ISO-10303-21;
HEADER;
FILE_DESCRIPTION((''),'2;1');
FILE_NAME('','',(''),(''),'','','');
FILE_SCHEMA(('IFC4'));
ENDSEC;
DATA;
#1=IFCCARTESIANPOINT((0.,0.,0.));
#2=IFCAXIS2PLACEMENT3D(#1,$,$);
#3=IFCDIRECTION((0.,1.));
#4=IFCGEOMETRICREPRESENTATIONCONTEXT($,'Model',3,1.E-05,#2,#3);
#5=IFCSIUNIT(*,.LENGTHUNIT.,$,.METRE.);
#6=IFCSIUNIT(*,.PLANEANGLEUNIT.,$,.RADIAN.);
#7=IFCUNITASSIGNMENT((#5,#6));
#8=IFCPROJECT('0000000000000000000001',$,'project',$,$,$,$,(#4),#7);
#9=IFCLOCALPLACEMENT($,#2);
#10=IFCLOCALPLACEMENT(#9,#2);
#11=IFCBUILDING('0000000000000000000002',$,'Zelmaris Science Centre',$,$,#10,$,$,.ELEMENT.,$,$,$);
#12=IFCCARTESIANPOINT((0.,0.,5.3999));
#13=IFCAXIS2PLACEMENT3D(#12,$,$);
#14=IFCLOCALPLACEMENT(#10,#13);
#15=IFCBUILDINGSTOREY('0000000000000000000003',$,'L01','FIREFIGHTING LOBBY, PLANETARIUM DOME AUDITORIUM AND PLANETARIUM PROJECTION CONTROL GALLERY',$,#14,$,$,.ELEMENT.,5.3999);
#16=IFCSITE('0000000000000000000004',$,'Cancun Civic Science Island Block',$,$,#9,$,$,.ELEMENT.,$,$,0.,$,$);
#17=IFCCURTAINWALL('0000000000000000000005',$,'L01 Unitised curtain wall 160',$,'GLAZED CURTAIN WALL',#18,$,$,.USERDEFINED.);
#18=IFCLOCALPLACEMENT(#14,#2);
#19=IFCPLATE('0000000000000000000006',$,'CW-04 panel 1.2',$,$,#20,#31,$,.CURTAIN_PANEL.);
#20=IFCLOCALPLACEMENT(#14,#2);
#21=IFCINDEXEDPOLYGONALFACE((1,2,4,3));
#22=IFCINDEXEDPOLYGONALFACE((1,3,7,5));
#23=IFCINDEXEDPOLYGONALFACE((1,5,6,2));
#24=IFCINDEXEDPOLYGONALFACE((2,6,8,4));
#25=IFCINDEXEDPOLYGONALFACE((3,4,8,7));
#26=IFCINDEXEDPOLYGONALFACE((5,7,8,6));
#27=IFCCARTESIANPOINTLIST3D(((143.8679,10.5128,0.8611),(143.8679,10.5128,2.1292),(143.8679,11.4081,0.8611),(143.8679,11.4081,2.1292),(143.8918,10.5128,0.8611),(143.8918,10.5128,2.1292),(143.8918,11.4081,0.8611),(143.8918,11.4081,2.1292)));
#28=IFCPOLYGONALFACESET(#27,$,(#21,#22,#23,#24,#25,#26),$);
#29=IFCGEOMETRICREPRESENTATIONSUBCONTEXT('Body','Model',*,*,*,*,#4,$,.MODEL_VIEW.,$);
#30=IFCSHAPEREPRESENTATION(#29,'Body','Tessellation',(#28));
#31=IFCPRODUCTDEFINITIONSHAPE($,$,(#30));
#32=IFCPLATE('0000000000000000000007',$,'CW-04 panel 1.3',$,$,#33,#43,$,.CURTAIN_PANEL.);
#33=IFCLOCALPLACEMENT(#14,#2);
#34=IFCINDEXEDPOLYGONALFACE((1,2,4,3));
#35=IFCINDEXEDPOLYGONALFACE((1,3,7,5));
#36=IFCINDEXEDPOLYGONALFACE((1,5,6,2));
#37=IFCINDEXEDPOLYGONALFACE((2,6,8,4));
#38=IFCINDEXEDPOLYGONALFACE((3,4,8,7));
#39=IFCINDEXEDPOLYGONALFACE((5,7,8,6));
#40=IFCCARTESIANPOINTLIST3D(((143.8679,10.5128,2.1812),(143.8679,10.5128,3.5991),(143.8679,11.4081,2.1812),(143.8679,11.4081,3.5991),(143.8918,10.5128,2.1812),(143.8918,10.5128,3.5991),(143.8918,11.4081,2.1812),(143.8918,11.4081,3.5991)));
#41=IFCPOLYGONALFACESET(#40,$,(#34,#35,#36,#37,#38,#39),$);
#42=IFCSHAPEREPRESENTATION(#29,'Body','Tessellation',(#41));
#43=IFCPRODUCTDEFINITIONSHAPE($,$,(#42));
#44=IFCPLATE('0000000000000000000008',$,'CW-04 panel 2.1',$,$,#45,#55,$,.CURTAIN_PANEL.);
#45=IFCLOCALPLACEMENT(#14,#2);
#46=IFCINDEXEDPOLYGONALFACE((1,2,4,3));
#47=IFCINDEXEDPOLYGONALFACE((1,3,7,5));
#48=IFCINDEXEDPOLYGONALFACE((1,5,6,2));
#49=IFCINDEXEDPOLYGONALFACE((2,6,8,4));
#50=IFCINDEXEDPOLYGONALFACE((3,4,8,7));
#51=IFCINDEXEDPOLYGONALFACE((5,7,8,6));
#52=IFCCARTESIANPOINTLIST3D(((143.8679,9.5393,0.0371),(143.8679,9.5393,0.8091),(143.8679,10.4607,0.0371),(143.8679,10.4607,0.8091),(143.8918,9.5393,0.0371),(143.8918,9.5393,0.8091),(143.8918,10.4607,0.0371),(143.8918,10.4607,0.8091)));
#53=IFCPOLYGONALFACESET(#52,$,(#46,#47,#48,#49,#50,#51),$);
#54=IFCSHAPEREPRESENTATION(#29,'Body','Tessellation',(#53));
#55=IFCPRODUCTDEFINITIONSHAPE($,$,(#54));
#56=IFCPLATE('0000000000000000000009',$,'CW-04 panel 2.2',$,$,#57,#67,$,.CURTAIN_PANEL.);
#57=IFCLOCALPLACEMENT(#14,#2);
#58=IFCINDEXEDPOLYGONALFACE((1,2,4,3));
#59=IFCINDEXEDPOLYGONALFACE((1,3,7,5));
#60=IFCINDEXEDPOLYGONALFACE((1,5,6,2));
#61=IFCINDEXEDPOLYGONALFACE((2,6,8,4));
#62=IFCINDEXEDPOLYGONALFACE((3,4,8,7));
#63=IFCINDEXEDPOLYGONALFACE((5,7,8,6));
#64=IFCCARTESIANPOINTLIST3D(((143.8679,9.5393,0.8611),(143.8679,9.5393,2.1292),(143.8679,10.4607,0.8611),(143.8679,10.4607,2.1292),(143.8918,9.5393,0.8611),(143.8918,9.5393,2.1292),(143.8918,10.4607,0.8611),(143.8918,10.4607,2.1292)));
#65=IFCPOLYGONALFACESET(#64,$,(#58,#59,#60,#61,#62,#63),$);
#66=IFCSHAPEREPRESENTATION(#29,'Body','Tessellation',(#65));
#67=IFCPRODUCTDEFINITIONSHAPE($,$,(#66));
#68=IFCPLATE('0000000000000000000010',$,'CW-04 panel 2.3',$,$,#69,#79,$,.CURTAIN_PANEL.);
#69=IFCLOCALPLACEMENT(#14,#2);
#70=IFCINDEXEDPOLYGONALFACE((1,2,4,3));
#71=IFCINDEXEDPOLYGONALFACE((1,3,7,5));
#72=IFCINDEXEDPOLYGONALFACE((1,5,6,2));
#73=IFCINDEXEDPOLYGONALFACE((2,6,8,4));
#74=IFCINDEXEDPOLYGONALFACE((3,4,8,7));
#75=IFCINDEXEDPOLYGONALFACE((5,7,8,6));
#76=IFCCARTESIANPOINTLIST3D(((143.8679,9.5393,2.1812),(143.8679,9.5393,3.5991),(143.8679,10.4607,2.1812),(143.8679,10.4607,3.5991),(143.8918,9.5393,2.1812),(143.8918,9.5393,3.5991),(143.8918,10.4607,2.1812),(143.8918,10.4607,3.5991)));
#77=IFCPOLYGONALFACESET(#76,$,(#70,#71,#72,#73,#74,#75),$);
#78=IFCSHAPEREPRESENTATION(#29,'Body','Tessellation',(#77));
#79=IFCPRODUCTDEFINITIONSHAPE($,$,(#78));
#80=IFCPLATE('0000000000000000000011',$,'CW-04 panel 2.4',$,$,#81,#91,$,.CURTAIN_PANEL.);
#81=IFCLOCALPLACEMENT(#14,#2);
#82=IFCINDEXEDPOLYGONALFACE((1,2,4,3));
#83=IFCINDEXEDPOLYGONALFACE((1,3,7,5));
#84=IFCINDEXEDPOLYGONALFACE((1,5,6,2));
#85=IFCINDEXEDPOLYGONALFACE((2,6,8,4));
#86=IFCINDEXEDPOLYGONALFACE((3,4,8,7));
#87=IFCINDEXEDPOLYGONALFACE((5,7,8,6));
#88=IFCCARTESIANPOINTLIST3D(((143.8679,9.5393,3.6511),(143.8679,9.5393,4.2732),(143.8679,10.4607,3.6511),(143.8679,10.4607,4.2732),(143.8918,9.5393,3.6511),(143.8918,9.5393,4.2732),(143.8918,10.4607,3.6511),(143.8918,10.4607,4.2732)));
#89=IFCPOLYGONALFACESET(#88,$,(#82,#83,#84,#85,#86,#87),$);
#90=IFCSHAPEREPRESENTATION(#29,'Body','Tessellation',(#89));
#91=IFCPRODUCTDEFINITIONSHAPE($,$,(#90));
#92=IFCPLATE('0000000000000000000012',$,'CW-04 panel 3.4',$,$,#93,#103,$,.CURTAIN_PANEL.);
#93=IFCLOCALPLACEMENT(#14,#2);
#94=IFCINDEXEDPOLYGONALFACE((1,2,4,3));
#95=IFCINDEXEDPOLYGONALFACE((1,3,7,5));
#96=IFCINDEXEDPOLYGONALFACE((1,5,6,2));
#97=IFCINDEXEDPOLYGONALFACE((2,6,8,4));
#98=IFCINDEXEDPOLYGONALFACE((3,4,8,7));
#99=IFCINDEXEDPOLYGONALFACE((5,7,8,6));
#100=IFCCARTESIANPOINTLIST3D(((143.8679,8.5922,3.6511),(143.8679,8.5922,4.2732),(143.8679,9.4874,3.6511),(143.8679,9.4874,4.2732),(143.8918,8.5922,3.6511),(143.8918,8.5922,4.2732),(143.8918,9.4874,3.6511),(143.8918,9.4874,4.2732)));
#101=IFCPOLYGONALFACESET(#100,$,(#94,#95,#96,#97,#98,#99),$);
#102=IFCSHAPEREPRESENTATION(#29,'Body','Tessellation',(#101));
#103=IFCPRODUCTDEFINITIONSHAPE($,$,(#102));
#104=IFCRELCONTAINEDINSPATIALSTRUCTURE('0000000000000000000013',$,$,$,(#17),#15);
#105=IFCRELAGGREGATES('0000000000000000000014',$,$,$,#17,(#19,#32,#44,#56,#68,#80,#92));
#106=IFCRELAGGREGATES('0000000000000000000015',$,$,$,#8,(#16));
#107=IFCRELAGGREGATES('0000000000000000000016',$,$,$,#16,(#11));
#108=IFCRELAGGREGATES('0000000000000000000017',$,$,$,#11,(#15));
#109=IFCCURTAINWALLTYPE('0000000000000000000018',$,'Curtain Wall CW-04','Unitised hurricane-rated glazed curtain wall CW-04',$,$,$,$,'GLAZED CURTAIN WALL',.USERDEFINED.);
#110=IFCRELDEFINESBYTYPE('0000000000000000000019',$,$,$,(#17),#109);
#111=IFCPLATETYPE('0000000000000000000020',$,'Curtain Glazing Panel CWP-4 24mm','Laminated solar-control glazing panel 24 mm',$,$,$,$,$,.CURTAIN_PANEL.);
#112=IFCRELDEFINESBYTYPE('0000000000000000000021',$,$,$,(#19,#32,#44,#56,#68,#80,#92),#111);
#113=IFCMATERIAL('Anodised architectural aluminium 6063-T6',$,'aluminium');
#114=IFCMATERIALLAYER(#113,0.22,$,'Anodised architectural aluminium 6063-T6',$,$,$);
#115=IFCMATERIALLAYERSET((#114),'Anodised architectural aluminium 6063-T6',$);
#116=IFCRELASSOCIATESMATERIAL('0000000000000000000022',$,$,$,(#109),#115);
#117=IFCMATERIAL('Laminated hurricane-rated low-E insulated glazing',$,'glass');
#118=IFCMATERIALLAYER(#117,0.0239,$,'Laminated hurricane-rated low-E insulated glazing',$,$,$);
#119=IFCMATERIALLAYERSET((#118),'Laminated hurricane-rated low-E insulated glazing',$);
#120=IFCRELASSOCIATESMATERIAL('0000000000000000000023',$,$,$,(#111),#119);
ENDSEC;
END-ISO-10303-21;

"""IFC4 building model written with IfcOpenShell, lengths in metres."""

from ifc_helpers import new_model, si_unit, direction, frame, origin, origin_2d, place, context, subcontext, project, spatial, rectangle, extrude, material, layer, layer_set, type_object, element, aggregate, save


model = new_model("IFC4")

# Units and contexts
model_context = context("Model", 3, precision=1e-05, world=origin(), true_north=direction((0.0, 1.0)))
body_context = subcontext(model_context, "Body", "Model", "MODEL_VIEW")
ifc_project = project(units=[si_unit("LENGTHUNIT", "METRE"), si_unit("PLANEANGLEUNIT", "RADIAN")], contexts=[model_context])

# Site, building, storey
site_placement = place(None, origin())
site = spatial("IfcSite", under=ifc_project, at=site_placement, Name="Cancun Civic Science Island Block", CompositionType="ELEMENT", RefElevation=0.0)
building_placement = place(site_placement, origin())
building = spatial("IfcBuilding", under=site, at=building_placement, Name="Zelmaris Science Centre", CompositionType="ELEMENT")
storey_placement = place(building_placement, frame((0.0, 0.0, 5.3999)))
storey = spatial("IfcBuildingStorey", under=building, at=storey_placement, Name="L01", Description="FIREFIGHTING LOBBY, PLANETARIUM DOME AUDITORIUM AND PLANETARIUM PROJECTION CONTROL GALLERY", CompositionType="ELEMENT", Elevation=5.3999)

# Curtain wall
ifc_material_1 = material(Name="Anodised architectural aluminium 6063-T6", Category="aluminium")
ifc_layer_1 = layer(ifc_material_1, 0.22, Name="Anodised architectural aluminium 6063-T6")
ifc_layer_set_1 = layer_set([ifc_layer_1], Name="Anodised architectural aluminium 6063-T6")
curtain_wall_type = type_object("IfcCurtainWallType", Name="Curtain Wall CW-04", Description="Unitised hurricane-rated glazed curtain wall CW-04", ElementType="GLAZED CURTAIN WALL", PredefinedType="USERDEFINED", material=ifc_layer_set_1)
curtain_wall_placement = place(storey_placement, origin())
curtain_wall = element("IfcCurtainWall", 1, at=curtain_wall_placement, inside=storey, type_object=curtain_wall_type, Name="L01 Unitised curtain wall 160", ObjectType="GLAZED CURTAIN WALL", PredefinedType="USERDEFINED")

# Plates
ifc_material_2 = material(Name="Laminated hurricane-rated low-E insulated glazing", Category="glass")
ifc_layer_2 = layer(ifc_material_2, 0.0239, Name="Laminated hurricane-rated low-E insulated glazing")
ifc_layer_set_2 = layer_set([ifc_layer_2], Name="Laminated hurricane-rated low-E insulated glazing")
plate_type = type_object("IfcPlateType", Name="Curtain Glazing Panel CWP-4 24mm", Description="Laminated solar-control glazing panel 24 mm", PredefinedType="CURTAIN_PANEL", material=ifc_layer_set_2)
plate_1_placement = place(storey_placement, frame((143.8799, 10.9604, 0.8611), z_axis=(0.0, 0.0, 1.0), x_axis=(0.0, -1.0, 0.0)))
plate_1 = element("IfcPlate", 2, at=plate_1_placement, type_object=plate_type, Name="CW-04 panel 1.2", PredefinedType="CURTAIN_PANEL", context=body_context, shape_type="SweptSolid", body=[
    extrude(rectangle(XDim=0.8953, YDim=0.0239, at=origin_2d()), origin(), (0.0, 0.0, 1.0), 1.2681),
])
plate_2_placement = place(storey_placement, frame((143.8799, 10.9604, 2.1812), z_axis=(0.0, 0.0, 1.0), x_axis=(0.0, -1.0, 0.0)))
plate_2 = element("IfcPlate", 3, at=plate_2_placement, type_object=plate_type, Name="CW-04 panel 1.3", PredefinedType="CURTAIN_PANEL", context=body_context, shape_type="SweptSolid", body=[
    extrude(rectangle(XDim=0.8953, YDim=0.0239, at=origin_2d()), origin(), (0.0, 0.0, 1.0), 1.418),
])
plate_3_placement = place(storey_placement, frame((143.8799, 10.0, 0.0371), z_axis=(0.0, 0.0, 1.0), x_axis=(0.0, -1.0, 0.0)))
plate_3 = element("IfcPlate", 4, at=plate_3_placement, type_object=plate_type, Name="CW-04 panel 2.1", PredefinedType="CURTAIN_PANEL", context=body_context, shape_type="SweptSolid", body=[
    extrude(rectangle(XDim=0.9214, YDim=0.0239, at=origin_2d()), origin(), (0.0, 0.0, 1.0), 0.772),
])
plate_4_placement = place(storey_placement, frame((143.8799, 10.0, 0.8611), z_axis=(0.0, 0.0, 1.0), x_axis=(0.0, -1.0, 0.0)))
plate_4 = element("IfcPlate", 5, at=plate_4_placement, type_object=plate_type, Name="CW-04 panel 2.2", PredefinedType="CURTAIN_PANEL", context=body_context, shape_type="SweptSolid", body=[
    extrude(rectangle(XDim=0.9214, YDim=0.0239, at=origin_2d()), origin(), (0.0, 0.0, 1.0), 1.2681),
])
plate_5_placement = place(storey_placement, frame((143.8799, 10.0, 2.1812), z_axis=(0.0, 0.0, 1.0), x_axis=(0.0, -1.0, 0.0)))
plate_5 = element("IfcPlate", 6, at=plate_5_placement, type_object=plate_type, Name="CW-04 panel 2.3", PredefinedType="CURTAIN_PANEL", context=body_context, shape_type="SweptSolid", body=[
    extrude(rectangle(XDim=0.9214, YDim=0.0239, at=origin_2d()), origin(), (0.0, 0.0, 1.0), 1.418),
])
plate_6_placement = place(storey_placement, frame((143.8799, 10.0, 3.6511), z_axis=(0.0, 0.0, 1.0), x_axis=(0.0, -1.0, 0.0)))
plate_6 = element("IfcPlate", 7, at=plate_6_placement, type_object=plate_type, Name="CW-04 panel 2.4", PredefinedType="CURTAIN_PANEL", context=body_context, shape_type="SweptSolid", body=[
    extrude(rectangle(XDim=0.9214, YDim=0.0239, at=origin_2d()), origin(), (0.0, 0.0, 1.0), 0.6221),
])
plate_7_placement = place(storey_placement, frame((143.8799, 9.0398, 3.6511), z_axis=(0.0, 0.0, 1.0), x_axis=(0.0, -1.0, 0.0)))
plate_7 = element("IfcPlate", 8, at=plate_7_placement, type_object=plate_type, Name="CW-04 panel 3.4", PredefinedType="CURTAIN_PANEL", context=body_context, shape_type="SweptSolid", body=[
    extrude(rectangle(XDim=0.8953, YDim=0.0239, at=origin_2d()), origin(), (0.0, 0.0, 1.0), 0.6221),
])
aggregate(curtain_wall, [plate_1, plate_2, plate_3, plate_4, plate_5, plate_6, plate_7])

save(model, "model.ifc")
